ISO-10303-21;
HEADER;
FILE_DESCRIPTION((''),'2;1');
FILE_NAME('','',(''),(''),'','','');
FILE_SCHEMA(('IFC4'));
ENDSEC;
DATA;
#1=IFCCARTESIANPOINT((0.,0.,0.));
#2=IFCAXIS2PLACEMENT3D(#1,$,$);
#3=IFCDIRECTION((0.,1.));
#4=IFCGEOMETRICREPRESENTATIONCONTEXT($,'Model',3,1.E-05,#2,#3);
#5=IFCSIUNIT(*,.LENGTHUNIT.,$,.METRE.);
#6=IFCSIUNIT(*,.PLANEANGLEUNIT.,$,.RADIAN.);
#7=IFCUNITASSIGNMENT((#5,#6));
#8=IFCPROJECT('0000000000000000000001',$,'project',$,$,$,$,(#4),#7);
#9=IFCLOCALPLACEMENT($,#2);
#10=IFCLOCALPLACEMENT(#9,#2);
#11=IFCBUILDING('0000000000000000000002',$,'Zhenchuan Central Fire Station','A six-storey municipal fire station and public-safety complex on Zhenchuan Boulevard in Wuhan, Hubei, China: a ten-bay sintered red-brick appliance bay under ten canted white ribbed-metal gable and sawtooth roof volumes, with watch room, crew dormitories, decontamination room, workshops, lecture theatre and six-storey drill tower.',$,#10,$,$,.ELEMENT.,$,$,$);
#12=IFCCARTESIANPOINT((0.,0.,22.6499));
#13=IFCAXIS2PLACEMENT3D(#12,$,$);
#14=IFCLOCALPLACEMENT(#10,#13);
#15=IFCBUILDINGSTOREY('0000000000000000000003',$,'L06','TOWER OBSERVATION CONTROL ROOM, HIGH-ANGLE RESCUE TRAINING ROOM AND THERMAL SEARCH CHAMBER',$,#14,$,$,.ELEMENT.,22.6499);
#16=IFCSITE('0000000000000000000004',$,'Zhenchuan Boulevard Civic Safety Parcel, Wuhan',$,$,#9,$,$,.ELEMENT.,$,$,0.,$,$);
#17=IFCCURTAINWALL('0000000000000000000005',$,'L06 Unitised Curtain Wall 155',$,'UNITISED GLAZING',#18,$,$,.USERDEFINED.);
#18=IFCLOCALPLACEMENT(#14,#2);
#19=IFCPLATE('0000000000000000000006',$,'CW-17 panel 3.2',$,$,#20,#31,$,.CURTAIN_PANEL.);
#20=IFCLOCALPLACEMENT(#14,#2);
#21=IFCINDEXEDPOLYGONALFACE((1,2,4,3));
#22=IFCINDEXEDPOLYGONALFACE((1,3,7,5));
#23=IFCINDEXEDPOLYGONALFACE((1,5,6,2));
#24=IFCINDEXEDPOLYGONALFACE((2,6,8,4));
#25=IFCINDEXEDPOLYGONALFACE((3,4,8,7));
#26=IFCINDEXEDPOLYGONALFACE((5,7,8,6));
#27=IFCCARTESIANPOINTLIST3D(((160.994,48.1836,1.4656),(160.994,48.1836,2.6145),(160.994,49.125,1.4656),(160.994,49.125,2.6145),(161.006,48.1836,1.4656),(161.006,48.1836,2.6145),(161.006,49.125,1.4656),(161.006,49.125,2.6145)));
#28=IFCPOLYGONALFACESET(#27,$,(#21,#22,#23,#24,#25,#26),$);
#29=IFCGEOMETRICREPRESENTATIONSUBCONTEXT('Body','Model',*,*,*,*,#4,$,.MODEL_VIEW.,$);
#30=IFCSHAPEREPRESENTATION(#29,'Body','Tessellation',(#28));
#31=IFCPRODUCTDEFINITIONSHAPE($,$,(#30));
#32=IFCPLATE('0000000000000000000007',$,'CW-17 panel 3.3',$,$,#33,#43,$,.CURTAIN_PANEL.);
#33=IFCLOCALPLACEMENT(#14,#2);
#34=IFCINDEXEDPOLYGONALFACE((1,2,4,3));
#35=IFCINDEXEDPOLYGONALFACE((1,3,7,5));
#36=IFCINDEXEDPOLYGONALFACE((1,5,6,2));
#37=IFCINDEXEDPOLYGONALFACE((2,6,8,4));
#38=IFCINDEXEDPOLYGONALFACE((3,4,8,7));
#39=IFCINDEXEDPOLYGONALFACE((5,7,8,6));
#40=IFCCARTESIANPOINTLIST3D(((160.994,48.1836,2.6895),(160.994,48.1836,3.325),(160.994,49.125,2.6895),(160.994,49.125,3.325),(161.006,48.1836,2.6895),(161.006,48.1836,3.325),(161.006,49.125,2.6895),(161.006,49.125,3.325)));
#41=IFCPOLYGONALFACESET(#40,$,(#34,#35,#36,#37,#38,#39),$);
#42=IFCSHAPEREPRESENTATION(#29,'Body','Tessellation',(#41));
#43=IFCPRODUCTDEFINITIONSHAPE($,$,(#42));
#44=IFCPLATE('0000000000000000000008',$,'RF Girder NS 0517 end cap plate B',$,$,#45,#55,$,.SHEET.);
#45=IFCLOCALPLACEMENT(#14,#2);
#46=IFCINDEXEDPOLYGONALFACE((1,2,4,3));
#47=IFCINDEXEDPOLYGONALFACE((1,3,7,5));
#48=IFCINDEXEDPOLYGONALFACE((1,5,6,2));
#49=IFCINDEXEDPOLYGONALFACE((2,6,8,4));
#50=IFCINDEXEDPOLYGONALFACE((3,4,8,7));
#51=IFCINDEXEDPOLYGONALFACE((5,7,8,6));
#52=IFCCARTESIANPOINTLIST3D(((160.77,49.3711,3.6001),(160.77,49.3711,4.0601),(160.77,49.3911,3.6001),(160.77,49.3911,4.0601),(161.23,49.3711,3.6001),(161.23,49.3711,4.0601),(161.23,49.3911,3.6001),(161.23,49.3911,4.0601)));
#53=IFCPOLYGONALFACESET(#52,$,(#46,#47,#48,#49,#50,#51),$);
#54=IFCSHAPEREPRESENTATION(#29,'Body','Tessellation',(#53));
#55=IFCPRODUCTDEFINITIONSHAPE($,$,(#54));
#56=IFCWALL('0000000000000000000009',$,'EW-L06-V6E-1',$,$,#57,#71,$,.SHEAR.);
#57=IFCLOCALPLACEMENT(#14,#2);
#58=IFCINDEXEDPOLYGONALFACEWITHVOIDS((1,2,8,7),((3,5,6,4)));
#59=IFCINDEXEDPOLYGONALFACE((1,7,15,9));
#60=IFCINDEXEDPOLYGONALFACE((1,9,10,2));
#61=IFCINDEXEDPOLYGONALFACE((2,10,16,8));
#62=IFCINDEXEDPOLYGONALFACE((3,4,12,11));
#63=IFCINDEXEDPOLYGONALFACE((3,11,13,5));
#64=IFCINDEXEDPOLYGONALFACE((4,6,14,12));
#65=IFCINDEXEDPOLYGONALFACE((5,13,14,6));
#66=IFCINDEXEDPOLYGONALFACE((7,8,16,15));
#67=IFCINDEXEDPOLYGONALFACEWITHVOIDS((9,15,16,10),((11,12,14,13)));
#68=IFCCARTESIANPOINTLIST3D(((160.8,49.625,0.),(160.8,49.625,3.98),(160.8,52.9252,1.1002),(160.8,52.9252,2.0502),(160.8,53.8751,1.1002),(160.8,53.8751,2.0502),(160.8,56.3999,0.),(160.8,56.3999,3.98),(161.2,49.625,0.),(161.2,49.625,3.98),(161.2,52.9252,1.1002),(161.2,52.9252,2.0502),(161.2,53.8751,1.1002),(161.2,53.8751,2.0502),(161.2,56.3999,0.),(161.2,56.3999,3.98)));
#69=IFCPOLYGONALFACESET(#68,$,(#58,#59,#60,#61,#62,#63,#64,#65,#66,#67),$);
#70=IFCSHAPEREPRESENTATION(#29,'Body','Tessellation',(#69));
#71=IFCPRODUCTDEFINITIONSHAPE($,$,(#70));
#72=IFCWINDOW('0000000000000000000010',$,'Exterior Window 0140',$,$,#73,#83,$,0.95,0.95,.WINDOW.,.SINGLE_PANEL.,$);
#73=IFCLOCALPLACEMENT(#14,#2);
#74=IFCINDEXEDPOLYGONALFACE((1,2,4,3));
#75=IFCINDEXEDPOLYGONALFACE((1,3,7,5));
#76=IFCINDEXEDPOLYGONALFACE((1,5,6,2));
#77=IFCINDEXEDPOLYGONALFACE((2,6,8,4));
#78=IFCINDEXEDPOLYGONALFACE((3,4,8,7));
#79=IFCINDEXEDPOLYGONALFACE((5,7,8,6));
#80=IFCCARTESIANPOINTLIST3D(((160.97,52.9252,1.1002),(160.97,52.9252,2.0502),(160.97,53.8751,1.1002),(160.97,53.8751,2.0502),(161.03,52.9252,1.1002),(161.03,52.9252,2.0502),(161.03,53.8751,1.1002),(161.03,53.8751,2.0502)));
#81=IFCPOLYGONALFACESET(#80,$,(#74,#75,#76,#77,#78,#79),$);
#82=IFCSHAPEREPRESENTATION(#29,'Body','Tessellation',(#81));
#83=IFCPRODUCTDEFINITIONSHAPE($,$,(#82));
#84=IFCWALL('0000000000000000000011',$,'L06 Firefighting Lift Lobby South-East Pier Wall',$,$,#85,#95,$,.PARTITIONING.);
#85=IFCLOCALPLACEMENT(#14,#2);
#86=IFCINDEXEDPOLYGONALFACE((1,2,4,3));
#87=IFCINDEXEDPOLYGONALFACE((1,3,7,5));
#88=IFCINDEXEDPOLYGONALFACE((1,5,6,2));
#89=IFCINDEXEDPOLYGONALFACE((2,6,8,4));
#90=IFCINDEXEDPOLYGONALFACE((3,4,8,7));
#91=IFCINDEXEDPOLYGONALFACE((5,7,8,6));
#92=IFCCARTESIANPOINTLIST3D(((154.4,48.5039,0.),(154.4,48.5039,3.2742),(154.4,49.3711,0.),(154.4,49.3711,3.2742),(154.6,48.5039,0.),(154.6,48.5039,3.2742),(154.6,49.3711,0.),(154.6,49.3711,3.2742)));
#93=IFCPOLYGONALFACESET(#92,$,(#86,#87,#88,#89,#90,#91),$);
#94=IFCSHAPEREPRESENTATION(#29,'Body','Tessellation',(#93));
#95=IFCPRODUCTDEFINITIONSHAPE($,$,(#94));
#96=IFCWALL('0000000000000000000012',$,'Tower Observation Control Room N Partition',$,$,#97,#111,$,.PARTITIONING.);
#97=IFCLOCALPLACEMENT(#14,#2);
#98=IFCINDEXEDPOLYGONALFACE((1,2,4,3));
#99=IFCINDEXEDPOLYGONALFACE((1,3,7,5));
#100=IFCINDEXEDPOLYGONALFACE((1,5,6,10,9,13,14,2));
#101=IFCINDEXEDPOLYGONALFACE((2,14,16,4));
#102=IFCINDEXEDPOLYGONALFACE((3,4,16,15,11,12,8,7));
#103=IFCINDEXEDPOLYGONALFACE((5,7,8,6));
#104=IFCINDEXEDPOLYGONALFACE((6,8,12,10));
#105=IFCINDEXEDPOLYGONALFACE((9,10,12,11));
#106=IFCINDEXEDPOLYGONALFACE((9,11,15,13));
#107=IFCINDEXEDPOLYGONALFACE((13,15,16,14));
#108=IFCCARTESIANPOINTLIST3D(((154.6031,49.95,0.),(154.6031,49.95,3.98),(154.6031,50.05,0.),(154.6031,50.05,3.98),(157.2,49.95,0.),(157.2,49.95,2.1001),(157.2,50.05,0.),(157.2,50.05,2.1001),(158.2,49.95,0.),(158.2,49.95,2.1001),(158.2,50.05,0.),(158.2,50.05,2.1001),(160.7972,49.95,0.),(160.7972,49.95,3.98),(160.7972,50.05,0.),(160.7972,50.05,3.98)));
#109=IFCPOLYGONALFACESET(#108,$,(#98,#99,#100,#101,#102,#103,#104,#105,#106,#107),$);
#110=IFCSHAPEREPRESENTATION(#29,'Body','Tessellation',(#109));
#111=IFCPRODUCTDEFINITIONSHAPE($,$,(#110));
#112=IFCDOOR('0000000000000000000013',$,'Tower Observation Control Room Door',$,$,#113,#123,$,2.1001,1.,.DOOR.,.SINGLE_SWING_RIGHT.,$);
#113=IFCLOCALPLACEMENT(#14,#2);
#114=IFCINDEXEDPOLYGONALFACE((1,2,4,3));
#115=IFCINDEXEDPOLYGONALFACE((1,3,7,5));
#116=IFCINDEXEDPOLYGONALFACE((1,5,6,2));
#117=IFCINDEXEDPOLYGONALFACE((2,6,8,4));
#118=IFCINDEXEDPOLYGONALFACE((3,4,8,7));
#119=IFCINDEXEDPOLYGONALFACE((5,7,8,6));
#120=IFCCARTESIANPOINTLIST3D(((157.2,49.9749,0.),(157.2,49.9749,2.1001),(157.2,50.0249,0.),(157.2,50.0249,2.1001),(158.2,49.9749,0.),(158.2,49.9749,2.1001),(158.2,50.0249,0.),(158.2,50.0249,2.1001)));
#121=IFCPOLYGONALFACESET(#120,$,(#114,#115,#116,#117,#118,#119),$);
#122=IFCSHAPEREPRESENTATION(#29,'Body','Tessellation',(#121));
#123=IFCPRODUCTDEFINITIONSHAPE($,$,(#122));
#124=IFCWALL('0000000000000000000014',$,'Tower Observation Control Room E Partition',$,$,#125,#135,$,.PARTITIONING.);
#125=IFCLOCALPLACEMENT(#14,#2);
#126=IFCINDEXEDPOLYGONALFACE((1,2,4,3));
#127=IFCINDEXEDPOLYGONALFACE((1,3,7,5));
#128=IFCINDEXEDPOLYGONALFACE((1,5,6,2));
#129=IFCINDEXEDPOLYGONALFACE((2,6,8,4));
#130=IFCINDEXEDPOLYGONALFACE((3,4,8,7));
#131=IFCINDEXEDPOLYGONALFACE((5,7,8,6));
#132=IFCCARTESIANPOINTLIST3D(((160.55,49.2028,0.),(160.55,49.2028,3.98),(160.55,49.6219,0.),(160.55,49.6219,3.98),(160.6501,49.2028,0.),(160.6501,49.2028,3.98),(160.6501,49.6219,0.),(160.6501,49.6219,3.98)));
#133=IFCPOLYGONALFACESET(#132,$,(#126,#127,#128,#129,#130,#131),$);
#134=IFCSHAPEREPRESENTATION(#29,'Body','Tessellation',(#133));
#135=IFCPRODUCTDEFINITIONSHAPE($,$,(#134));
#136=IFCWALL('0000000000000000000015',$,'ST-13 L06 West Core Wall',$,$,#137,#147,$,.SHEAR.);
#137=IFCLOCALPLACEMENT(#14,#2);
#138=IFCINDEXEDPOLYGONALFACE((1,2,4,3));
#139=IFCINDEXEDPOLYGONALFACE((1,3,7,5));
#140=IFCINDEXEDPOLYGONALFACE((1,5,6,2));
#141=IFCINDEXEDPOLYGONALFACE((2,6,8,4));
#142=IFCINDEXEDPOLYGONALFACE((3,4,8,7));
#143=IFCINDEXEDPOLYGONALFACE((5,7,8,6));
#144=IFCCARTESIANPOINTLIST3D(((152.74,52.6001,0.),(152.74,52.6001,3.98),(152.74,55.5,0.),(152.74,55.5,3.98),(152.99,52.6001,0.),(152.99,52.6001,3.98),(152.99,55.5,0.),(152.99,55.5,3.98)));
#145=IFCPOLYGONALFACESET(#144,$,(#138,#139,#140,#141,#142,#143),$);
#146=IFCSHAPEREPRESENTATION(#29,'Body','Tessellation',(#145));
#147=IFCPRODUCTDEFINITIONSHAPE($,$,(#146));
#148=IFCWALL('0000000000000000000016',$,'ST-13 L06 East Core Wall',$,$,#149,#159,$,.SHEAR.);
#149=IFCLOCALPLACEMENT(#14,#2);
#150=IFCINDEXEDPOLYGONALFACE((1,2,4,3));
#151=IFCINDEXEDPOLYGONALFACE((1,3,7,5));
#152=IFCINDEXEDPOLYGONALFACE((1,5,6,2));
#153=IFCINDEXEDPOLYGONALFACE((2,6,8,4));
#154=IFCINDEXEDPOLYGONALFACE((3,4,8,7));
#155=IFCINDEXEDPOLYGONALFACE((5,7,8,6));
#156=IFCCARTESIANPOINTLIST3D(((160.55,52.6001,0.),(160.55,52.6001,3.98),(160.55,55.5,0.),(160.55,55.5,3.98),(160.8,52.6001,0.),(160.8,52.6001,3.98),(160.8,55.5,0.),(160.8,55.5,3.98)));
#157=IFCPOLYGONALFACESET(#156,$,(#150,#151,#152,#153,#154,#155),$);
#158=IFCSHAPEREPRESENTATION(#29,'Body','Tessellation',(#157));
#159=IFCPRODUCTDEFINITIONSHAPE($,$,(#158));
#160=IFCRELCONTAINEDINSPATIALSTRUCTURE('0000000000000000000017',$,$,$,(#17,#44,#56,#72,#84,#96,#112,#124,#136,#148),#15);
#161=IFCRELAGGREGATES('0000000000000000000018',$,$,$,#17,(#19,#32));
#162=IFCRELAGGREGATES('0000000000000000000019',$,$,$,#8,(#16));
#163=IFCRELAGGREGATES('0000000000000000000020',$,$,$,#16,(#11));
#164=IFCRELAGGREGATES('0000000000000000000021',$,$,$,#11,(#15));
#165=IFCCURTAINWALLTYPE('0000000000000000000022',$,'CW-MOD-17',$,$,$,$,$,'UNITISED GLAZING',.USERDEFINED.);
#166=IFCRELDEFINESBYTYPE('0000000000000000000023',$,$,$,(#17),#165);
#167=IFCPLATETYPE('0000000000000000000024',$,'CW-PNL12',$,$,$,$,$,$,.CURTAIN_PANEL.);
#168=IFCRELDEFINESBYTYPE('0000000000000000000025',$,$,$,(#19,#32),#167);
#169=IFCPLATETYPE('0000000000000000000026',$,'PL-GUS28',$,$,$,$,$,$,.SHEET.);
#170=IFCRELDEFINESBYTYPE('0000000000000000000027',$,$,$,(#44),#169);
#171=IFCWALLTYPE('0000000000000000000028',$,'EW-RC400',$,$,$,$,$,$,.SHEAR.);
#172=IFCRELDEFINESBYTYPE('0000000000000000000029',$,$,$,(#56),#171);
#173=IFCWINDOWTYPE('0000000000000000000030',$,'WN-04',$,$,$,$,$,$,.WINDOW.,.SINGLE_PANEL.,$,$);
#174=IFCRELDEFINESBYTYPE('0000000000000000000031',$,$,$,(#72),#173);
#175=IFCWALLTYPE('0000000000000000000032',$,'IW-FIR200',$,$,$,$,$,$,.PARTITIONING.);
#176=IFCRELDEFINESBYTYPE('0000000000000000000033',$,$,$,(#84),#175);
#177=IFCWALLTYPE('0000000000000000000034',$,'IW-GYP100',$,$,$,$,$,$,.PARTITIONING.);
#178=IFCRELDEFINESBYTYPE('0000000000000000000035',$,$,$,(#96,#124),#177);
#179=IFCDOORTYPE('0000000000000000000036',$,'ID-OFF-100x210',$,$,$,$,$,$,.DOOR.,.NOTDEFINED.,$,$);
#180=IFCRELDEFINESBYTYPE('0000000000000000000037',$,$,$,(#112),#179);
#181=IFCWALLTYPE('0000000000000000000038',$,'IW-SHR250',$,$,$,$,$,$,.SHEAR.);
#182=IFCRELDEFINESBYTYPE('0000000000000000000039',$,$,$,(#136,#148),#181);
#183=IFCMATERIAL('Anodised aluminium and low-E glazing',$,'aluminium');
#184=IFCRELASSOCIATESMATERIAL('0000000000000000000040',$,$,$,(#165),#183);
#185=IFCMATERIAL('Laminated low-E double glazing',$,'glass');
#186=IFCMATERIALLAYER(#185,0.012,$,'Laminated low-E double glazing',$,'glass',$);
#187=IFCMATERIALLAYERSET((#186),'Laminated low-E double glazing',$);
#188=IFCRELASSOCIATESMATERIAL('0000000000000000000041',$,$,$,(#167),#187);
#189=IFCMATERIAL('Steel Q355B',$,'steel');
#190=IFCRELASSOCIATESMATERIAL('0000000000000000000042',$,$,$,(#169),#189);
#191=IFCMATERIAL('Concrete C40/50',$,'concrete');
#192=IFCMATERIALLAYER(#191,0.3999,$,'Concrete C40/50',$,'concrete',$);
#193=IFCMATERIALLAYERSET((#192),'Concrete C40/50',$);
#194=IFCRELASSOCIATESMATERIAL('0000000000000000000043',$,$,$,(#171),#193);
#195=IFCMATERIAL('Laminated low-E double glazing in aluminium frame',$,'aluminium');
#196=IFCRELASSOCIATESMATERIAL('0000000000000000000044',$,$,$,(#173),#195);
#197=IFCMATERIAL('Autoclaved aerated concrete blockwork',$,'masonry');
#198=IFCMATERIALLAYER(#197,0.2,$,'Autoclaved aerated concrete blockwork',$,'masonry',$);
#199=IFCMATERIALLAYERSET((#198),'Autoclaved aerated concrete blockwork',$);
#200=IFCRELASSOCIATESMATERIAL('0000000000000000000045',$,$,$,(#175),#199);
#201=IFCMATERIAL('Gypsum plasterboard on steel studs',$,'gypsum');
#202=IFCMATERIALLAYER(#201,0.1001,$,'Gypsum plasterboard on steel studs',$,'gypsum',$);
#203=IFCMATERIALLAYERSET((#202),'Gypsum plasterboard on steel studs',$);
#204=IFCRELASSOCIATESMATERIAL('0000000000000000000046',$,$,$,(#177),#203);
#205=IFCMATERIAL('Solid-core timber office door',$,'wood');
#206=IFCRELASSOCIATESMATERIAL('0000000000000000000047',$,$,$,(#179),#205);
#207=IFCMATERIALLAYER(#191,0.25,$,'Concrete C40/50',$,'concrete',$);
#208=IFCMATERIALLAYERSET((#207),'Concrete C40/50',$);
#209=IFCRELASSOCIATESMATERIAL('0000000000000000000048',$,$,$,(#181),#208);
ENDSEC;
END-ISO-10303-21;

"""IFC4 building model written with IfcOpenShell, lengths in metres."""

from ifc_helpers import new_model, si_unit, direction, frame, frame_2d, origin, origin_2d, place, context, subcontext, project, spatial, rectangle, extrude, material, layer, layer_set, material_profile, profile_set, type_object, element, fill, aggregate, save


model = new_model("IFC4")

# Units and contexts
model_context = context("Model", 3, precision=1e-05, world=origin(), true_north=direction((0.0, 1.0)))
body_context = subcontext(model_context, "Body", "Model", "MODEL_VIEW")
ifc_project = project(units=[si_unit("LENGTHUNIT", "METRE"), si_unit("PLANEANGLEUNIT", "RADIAN")], contexts=[model_context])

# Site, building, storey
site_placement = place(None, origin())
site = spatial("IfcSite", under=ifc_project, at=site_placement, Name="Zhenchuan Boulevard Civic Safety Parcel, Wuhan", CompositionType="ELEMENT", RefElevation=0.0)
building_placement = place(site_placement, origin())
building = spatial("IfcBuilding", under=site, at=building_placement, Name="Zhenchuan Central Fire Station", Description="A six-storey municipal fire station and public-safety complex on Zhenchuan Boulevard in Wuhan, Hubei, China: a ten-bay sintered red-brick appliance bay under ten canted white ribbed-metal gable and sawtooth roof volumes, with watch room, crew dormitories, decontamination room, workshops, lecture theatre and six-storey drill tower.", CompositionType="ELEMENT")
storey_placement = place(building_placement, frame((0.0, 0.0, 22.6499)))
storey = spatial("IfcBuildingStorey", under=building, at=storey_placement, Name="L06", Description="TOWER OBSERVATION CONTROL ROOM, HIGH-ANGLE RESCUE TRAINING ROOM AND THERMAL SEARCH CHAMBER", CompositionType="ELEMENT", Elevation=22.6499)

# Shared definitions
ifc_material_1 = material(Name="Steel Q355B", Category="steel")

# Curtain wall, plates
ifc_material_2 = material(Name="Anodised aluminium and low-E glazing", Category="aluminium")
curtain_wall_type = type_object("IfcCurtainWallType", Name="CW-MOD-17", ElementType="UNITISED GLAZING", PredefinedType="USERDEFINED", material=ifc_material_2)
curtain_wall_placement = place(storey_placement, origin())
curtain_wall = element("IfcCurtainWall", 1, at=curtain_wall_placement, inside=storey, type_object=curtain_wall_type, Name="L06 Unitised Curtain Wall 155", ObjectType="UNITISED GLAZING", PredefinedType="USERDEFINED")
ifc_material_3 = material(Name="Laminated low-E double glazing", Category="glass")
ifc_layer_1 = layer(ifc_material_3, 0.012, Name="Laminated low-E double glazing", Category="glass")
ifc_layer_set_1 = layer_set([ifc_layer_1], Name="Laminated low-E double glazing")
plate_type_1 = type_object("IfcPlateType", Name="CW-PNL12", PredefinedType="CURTAIN_PANEL", material=ifc_layer_set_1)
plate_1_placement = place(storey_placement, frame((161.0, 48.6543, 1.4656), z_axis=(0.0, 0.0, 1.0), x_axis=(0.0, 1.0, 0.0)))
plate_1 = element("IfcPlate", 2, at=plate_1_placement, type_object=plate_type_1, Name="CW-17 panel 3.2", PredefinedType="CURTAIN_PANEL", context=body_context, shape_type="SweptSolid", body=[
    extrude(rectangle(XDim=0.9414, YDim=0.012, at=origin_2d()), origin(), (0.0, 0.0, 1.0), 1.1489),
])
plate_2_placement = place(storey_placement, frame((161.0, 48.6543, 2.6895), z_axis=(0.0, 0.0, 1.0), x_axis=(0.0, 1.0, 0.0)))
plate_2 = element("IfcPlate", 3, at=plate_2_placement, type_object=plate_type_1, Name="CW-17 panel 3.3", PredefinedType="CURTAIN_PANEL", context=body_context, shape_type="SweptSolid", body=[
    extrude(rectangle(XDim=0.9414, YDim=0.012, at=origin_2d()), origin(), (0.0, 0.0, 1.0), 0.6355),
])
aggregate(curtain_wall, [plate_1, plate_2])

# Plate
ifc_material_profile_1 = material_profile(ifc_material_1, rectangle(XDim=0.46, YDim=0.46, at=origin_2d()), Name="PL 460x460x28")
ifc_profile_set_1 = profile_set([ifc_material_profile_1], Name="Steel Q355B")
plate_type_2 = type_object("IfcPlateType", Name="PL-GUS28", PredefinedType="SHEET", material=ifc_profile_set_1)
plate_3_placement = place(storey_placement, frame((161.0, 49.3711, 3.8301), z_axis=(0.0, 1.0, 0.0), x_axis=(-1.0, 0.0, 0.0)))
element("IfcPlate", 4, at=plate_3_placement, inside=storey, type_object=plate_type_2, Name="RF Girder NS 0517 end cap plate B", PredefinedType="SHEET", context=body_context, shape_type="SweptSolid", body=[
    extrude(rectangle(XDim=0.46, YDim=0.46, at=origin_2d()), origin(), (0.0, 0.0, 1.0), 0.02),
])

# Wall, opening, window
ifc_material_4 = material(Name="Concrete C40/50", Category="concrete")
ifc_layer_2 = layer(ifc_material_4, 0.3999, Name="Concrete C40/50", Category="concrete")
ifc_layer_set_2 = layer_set([ifc_layer_2], Name="Concrete C40/50")
wall_type_1 = type_object("IfcWallType", Name="EW-RC400", PredefinedType="SHEAR", material=ifc_layer_set_2)
wall_1_placement = place(storey_placement, frame((161.0, 49.625, 0.0), z_axis=(0.0, 0.0, 1.0), x_axis=(0.0, 1.0, 0.0)))
wall_1 = element("IfcWall", 5, at=wall_1_placement, inside=storey, type_object=wall_type_1, Name="EW-L06-V6E-1", PredefinedType="SHEAR", context=body_context, shape_type="SweptSolid", body=[
    extrude(rectangle(XDim=6.7749, YDim=0.3999, at=frame_2d((3.3875, 0.0))), origin(), (0.0, 0.0, 1.0), 3.98),
])
opening_1_placement = place(wall_1_placement, frame((3.3, 0.0, 1.1001)))
opening_1 = element("IfcOpeningElement", 6, at=opening_1_placement, cuts=wall_1, PredefinedType="OPENING", context=body_context, shape_type="SweptSolid", body=[
    extrude(rectangle(XDim=0.95, YDim=0.95, at=frame_2d((0.4751, 0.4751))), frame((0.0, 0.21, 0.0), z_axis=(0.0, -1.0, 0.0), x_axis=(1.0, 0.0, 0.0)), (0.0, 0.0, 1.0), 0.4199),
])
ifc_material_5 = material(Name="Laminated low-E double glazing in aluminium frame", Category="aluminium")
window_type = type_object("IfcWindowType", Name="WN-04", PartitioningType="SINGLE_PANEL", PredefinedType="WINDOW", material=ifc_material_5)
window_placement = place(opening_1_placement, origin())
window = element("IfcWindow", 7, at=window_placement, inside=storey, type_object=window_type, Name="Exterior Window 0140", OverallHeight=0.95, OverallWidth=0.95, PartitioningType="SINGLE_PANEL", PredefinedType="WINDOW", context=body_context, shape_type="SweptSolid", body=[
    extrude(rectangle(XDim=0.95, YDim=0.95, at=frame_2d((0.4751, 0.4751))), frame((0.0, 0.03, 0.0), z_axis=(0.0, -1.0, 0.0), x_axis=(1.0, 0.0, 0.0)), (0.0, 0.0, 1.0), 0.0601),
])
fill(opening_1, window)

# Wall
ifc_material_6 = material(Name="Autoclaved aerated concrete blockwork", Category="masonry")
ifc_layer_3 = layer(ifc_material_6, 0.2, Name="Autoclaved aerated concrete blockwork", Category="masonry")
ifc_layer_set_3 = layer_set([ifc_layer_3], Name="Autoclaved aerated concrete blockwork")
wall_type_2 = type_object("IfcWallType", Name="IW-FIR200", PredefinedType="PARTITIONING", material=ifc_layer_set_3)
wall_2_placement = place(storey_placement, frame((154.5, 48.5039, 0.0), z_axis=(0.0, 0.0, 1.0), x_axis=(0.0, 1.0, 0.0)))
element("IfcWall", 8, at=wall_2_placement, inside=storey, type_object=wall_type_2, Name="L06 Firefighting Lift Lobby South-East Pier Wall", PredefinedType="PARTITIONING", context=body_context, shape_type="SweptSolid", body=[
    extrude(rectangle(XDim=0.8672, YDim=0.2, at=frame_2d((0.4336, 0.0))), origin(), (0.0, 0.0, 1.0), 3.2742),
])

# Wall, opening, door
ifc_material_7 = material(Name="Gypsum plasterboard on steel studs", Category="gypsum")
ifc_layer_4 = layer(ifc_material_7, 0.1001, Name="Gypsum plasterboard on steel studs", Category="gypsum")
ifc_layer_set_4 = layer_set([ifc_layer_4], Name="Gypsum plasterboard on steel studs")
wall_type_3 = type_object("IfcWallType", Name="IW-GYP100", PredefinedType="PARTITIONING", material=ifc_layer_set_4)
wall_3_placement = place(storey_placement, frame((154.603, 50.0, 0.0), z_axis=(0.0, 0.0, 1.0), x_axis=(1.0, 0.0, 0.0)))
wall_3 = element("IfcWall", 9, at=wall_3_placement, inside=storey, type_object=wall_type_3, Name="Tower Observation Control Room N Partition", PredefinedType="PARTITIONING", context=body_context, shape_type="SweptSolid", body=[
    extrude(rectangle(XDim=6.1941, YDim=0.1001, at=frame_2d((3.0972, 0.0))), origin(), (0.0, 0.0, 1.0), 3.98),
])
opening_2_placement = place(wall_3_placement, frame((2.5969, 0.0, 0.0)))
opening_2 = element("IfcOpeningElement", 10, at=opening_2_placement, cuts=wall_3, PredefinedType="OPENING", context=body_context, shape_type="SweptSolid", body=[
    extrude(rectangle(XDim=1.0, YDim=2.1001, at=frame_2d((0.5, 1.05))), frame((0.0, 0.0601, 0.0), z_axis=(0.0, -1.0, 0.0), x_axis=(1.0, 0.0, 0.0)), (0.0, 0.0, 1.0), 0.1201),
])
ifc_material_8 = material(Name="Solid-core timber office door", Category="wood")
door_type_1 = type_object("IfcDoorType", Name="ID-OFF-100x210", OperationType="NOTDEFINED", PredefinedType="DOOR", material=ifc_material_8)
door_1_placement = place(opening_2_placement, origin())
door_1 = element("IfcDoor", 11, at=door_1_placement, inside=storey, type_object=door_type_1, Name="Tower Observation Control Room Door", OperationType="SINGLE_SWING_RIGHT", OverallHeight=2.1001, OverallWidth=1.0, PredefinedType="DOOR", context=body_context, shape_type="SweptSolid", body=[
    extrude(rectangle(XDim=1.0, YDim=2.1001, at=frame_2d((0.5, 1.05))), frame((0.0, 0.0249, 0.0), z_axis=(0.0, -1.0, 0.0), x_axis=(1.0, 0.0, 0.0)), (0.0, 0.0, 1.0), 0.05),
])
fill(opening_2, door_1)

# Walls
wall_4_placement = place(storey_placement, frame((160.6001, 49.2029, 0.0), z_axis=(0.0, 0.0, 1.0), x_axis=(0.0, 1.0, 0.0)))
element("IfcWall", 12, at=wall_4_placement, inside=storey, type_object=wall_type_3, Name="Tower Observation Control Room E Partition", PredefinedType="PARTITIONING", context=body_context, shape_type="SweptSolid", body=[
    extrude(rectangle(XDim=0.4192, YDim=0.1001, at=frame_2d((0.2095, 0.0))), origin(), (0.0, 0.0, 1.0), 3.98),
])
ifc_layer_5 = layer(ifc_material_4, 0.25, Name="Concrete C40/50", Category="concrete")
ifc_layer_set_5 = layer_set([ifc_layer_5], Name="Concrete C40/50")
wall_type_4 = type_object("IfcWallType", Name="IW-SHR250", PredefinedType="SHEAR", material=ifc_layer_set_5)
for number, where, z_axis, x_axis, name in (
    (13, (152.865, 52.6001, 0.0), (0.0, 0.0, 1.0), (0.0, 1.0, 0.0), "ST-13 L06 West Core Wall"),
    (14, (160.675, 52.6001, 0.0), (0.0, 0.0, 1.0), (0.0, 1.0, 0.0), "ST-13 L06 East Core Wall"),
):
    element("IfcWall", number, at=place(storey_placement, frame(where, z_axis=z_axis, x_axis=x_axis)), inside=storey, type_object=wall_type_4, Name=name, PredefinedType="SHEAR", context=body_context, shape_type="SweptSolid", body=[
        extrude(rectangle(XDim=2.8999, YDim=0.25, at=frame_2d((1.45, 0.0))), origin(), (0.0, 0.0, 1.0), 3.98),
    ])

save(model, "model.ifc")
